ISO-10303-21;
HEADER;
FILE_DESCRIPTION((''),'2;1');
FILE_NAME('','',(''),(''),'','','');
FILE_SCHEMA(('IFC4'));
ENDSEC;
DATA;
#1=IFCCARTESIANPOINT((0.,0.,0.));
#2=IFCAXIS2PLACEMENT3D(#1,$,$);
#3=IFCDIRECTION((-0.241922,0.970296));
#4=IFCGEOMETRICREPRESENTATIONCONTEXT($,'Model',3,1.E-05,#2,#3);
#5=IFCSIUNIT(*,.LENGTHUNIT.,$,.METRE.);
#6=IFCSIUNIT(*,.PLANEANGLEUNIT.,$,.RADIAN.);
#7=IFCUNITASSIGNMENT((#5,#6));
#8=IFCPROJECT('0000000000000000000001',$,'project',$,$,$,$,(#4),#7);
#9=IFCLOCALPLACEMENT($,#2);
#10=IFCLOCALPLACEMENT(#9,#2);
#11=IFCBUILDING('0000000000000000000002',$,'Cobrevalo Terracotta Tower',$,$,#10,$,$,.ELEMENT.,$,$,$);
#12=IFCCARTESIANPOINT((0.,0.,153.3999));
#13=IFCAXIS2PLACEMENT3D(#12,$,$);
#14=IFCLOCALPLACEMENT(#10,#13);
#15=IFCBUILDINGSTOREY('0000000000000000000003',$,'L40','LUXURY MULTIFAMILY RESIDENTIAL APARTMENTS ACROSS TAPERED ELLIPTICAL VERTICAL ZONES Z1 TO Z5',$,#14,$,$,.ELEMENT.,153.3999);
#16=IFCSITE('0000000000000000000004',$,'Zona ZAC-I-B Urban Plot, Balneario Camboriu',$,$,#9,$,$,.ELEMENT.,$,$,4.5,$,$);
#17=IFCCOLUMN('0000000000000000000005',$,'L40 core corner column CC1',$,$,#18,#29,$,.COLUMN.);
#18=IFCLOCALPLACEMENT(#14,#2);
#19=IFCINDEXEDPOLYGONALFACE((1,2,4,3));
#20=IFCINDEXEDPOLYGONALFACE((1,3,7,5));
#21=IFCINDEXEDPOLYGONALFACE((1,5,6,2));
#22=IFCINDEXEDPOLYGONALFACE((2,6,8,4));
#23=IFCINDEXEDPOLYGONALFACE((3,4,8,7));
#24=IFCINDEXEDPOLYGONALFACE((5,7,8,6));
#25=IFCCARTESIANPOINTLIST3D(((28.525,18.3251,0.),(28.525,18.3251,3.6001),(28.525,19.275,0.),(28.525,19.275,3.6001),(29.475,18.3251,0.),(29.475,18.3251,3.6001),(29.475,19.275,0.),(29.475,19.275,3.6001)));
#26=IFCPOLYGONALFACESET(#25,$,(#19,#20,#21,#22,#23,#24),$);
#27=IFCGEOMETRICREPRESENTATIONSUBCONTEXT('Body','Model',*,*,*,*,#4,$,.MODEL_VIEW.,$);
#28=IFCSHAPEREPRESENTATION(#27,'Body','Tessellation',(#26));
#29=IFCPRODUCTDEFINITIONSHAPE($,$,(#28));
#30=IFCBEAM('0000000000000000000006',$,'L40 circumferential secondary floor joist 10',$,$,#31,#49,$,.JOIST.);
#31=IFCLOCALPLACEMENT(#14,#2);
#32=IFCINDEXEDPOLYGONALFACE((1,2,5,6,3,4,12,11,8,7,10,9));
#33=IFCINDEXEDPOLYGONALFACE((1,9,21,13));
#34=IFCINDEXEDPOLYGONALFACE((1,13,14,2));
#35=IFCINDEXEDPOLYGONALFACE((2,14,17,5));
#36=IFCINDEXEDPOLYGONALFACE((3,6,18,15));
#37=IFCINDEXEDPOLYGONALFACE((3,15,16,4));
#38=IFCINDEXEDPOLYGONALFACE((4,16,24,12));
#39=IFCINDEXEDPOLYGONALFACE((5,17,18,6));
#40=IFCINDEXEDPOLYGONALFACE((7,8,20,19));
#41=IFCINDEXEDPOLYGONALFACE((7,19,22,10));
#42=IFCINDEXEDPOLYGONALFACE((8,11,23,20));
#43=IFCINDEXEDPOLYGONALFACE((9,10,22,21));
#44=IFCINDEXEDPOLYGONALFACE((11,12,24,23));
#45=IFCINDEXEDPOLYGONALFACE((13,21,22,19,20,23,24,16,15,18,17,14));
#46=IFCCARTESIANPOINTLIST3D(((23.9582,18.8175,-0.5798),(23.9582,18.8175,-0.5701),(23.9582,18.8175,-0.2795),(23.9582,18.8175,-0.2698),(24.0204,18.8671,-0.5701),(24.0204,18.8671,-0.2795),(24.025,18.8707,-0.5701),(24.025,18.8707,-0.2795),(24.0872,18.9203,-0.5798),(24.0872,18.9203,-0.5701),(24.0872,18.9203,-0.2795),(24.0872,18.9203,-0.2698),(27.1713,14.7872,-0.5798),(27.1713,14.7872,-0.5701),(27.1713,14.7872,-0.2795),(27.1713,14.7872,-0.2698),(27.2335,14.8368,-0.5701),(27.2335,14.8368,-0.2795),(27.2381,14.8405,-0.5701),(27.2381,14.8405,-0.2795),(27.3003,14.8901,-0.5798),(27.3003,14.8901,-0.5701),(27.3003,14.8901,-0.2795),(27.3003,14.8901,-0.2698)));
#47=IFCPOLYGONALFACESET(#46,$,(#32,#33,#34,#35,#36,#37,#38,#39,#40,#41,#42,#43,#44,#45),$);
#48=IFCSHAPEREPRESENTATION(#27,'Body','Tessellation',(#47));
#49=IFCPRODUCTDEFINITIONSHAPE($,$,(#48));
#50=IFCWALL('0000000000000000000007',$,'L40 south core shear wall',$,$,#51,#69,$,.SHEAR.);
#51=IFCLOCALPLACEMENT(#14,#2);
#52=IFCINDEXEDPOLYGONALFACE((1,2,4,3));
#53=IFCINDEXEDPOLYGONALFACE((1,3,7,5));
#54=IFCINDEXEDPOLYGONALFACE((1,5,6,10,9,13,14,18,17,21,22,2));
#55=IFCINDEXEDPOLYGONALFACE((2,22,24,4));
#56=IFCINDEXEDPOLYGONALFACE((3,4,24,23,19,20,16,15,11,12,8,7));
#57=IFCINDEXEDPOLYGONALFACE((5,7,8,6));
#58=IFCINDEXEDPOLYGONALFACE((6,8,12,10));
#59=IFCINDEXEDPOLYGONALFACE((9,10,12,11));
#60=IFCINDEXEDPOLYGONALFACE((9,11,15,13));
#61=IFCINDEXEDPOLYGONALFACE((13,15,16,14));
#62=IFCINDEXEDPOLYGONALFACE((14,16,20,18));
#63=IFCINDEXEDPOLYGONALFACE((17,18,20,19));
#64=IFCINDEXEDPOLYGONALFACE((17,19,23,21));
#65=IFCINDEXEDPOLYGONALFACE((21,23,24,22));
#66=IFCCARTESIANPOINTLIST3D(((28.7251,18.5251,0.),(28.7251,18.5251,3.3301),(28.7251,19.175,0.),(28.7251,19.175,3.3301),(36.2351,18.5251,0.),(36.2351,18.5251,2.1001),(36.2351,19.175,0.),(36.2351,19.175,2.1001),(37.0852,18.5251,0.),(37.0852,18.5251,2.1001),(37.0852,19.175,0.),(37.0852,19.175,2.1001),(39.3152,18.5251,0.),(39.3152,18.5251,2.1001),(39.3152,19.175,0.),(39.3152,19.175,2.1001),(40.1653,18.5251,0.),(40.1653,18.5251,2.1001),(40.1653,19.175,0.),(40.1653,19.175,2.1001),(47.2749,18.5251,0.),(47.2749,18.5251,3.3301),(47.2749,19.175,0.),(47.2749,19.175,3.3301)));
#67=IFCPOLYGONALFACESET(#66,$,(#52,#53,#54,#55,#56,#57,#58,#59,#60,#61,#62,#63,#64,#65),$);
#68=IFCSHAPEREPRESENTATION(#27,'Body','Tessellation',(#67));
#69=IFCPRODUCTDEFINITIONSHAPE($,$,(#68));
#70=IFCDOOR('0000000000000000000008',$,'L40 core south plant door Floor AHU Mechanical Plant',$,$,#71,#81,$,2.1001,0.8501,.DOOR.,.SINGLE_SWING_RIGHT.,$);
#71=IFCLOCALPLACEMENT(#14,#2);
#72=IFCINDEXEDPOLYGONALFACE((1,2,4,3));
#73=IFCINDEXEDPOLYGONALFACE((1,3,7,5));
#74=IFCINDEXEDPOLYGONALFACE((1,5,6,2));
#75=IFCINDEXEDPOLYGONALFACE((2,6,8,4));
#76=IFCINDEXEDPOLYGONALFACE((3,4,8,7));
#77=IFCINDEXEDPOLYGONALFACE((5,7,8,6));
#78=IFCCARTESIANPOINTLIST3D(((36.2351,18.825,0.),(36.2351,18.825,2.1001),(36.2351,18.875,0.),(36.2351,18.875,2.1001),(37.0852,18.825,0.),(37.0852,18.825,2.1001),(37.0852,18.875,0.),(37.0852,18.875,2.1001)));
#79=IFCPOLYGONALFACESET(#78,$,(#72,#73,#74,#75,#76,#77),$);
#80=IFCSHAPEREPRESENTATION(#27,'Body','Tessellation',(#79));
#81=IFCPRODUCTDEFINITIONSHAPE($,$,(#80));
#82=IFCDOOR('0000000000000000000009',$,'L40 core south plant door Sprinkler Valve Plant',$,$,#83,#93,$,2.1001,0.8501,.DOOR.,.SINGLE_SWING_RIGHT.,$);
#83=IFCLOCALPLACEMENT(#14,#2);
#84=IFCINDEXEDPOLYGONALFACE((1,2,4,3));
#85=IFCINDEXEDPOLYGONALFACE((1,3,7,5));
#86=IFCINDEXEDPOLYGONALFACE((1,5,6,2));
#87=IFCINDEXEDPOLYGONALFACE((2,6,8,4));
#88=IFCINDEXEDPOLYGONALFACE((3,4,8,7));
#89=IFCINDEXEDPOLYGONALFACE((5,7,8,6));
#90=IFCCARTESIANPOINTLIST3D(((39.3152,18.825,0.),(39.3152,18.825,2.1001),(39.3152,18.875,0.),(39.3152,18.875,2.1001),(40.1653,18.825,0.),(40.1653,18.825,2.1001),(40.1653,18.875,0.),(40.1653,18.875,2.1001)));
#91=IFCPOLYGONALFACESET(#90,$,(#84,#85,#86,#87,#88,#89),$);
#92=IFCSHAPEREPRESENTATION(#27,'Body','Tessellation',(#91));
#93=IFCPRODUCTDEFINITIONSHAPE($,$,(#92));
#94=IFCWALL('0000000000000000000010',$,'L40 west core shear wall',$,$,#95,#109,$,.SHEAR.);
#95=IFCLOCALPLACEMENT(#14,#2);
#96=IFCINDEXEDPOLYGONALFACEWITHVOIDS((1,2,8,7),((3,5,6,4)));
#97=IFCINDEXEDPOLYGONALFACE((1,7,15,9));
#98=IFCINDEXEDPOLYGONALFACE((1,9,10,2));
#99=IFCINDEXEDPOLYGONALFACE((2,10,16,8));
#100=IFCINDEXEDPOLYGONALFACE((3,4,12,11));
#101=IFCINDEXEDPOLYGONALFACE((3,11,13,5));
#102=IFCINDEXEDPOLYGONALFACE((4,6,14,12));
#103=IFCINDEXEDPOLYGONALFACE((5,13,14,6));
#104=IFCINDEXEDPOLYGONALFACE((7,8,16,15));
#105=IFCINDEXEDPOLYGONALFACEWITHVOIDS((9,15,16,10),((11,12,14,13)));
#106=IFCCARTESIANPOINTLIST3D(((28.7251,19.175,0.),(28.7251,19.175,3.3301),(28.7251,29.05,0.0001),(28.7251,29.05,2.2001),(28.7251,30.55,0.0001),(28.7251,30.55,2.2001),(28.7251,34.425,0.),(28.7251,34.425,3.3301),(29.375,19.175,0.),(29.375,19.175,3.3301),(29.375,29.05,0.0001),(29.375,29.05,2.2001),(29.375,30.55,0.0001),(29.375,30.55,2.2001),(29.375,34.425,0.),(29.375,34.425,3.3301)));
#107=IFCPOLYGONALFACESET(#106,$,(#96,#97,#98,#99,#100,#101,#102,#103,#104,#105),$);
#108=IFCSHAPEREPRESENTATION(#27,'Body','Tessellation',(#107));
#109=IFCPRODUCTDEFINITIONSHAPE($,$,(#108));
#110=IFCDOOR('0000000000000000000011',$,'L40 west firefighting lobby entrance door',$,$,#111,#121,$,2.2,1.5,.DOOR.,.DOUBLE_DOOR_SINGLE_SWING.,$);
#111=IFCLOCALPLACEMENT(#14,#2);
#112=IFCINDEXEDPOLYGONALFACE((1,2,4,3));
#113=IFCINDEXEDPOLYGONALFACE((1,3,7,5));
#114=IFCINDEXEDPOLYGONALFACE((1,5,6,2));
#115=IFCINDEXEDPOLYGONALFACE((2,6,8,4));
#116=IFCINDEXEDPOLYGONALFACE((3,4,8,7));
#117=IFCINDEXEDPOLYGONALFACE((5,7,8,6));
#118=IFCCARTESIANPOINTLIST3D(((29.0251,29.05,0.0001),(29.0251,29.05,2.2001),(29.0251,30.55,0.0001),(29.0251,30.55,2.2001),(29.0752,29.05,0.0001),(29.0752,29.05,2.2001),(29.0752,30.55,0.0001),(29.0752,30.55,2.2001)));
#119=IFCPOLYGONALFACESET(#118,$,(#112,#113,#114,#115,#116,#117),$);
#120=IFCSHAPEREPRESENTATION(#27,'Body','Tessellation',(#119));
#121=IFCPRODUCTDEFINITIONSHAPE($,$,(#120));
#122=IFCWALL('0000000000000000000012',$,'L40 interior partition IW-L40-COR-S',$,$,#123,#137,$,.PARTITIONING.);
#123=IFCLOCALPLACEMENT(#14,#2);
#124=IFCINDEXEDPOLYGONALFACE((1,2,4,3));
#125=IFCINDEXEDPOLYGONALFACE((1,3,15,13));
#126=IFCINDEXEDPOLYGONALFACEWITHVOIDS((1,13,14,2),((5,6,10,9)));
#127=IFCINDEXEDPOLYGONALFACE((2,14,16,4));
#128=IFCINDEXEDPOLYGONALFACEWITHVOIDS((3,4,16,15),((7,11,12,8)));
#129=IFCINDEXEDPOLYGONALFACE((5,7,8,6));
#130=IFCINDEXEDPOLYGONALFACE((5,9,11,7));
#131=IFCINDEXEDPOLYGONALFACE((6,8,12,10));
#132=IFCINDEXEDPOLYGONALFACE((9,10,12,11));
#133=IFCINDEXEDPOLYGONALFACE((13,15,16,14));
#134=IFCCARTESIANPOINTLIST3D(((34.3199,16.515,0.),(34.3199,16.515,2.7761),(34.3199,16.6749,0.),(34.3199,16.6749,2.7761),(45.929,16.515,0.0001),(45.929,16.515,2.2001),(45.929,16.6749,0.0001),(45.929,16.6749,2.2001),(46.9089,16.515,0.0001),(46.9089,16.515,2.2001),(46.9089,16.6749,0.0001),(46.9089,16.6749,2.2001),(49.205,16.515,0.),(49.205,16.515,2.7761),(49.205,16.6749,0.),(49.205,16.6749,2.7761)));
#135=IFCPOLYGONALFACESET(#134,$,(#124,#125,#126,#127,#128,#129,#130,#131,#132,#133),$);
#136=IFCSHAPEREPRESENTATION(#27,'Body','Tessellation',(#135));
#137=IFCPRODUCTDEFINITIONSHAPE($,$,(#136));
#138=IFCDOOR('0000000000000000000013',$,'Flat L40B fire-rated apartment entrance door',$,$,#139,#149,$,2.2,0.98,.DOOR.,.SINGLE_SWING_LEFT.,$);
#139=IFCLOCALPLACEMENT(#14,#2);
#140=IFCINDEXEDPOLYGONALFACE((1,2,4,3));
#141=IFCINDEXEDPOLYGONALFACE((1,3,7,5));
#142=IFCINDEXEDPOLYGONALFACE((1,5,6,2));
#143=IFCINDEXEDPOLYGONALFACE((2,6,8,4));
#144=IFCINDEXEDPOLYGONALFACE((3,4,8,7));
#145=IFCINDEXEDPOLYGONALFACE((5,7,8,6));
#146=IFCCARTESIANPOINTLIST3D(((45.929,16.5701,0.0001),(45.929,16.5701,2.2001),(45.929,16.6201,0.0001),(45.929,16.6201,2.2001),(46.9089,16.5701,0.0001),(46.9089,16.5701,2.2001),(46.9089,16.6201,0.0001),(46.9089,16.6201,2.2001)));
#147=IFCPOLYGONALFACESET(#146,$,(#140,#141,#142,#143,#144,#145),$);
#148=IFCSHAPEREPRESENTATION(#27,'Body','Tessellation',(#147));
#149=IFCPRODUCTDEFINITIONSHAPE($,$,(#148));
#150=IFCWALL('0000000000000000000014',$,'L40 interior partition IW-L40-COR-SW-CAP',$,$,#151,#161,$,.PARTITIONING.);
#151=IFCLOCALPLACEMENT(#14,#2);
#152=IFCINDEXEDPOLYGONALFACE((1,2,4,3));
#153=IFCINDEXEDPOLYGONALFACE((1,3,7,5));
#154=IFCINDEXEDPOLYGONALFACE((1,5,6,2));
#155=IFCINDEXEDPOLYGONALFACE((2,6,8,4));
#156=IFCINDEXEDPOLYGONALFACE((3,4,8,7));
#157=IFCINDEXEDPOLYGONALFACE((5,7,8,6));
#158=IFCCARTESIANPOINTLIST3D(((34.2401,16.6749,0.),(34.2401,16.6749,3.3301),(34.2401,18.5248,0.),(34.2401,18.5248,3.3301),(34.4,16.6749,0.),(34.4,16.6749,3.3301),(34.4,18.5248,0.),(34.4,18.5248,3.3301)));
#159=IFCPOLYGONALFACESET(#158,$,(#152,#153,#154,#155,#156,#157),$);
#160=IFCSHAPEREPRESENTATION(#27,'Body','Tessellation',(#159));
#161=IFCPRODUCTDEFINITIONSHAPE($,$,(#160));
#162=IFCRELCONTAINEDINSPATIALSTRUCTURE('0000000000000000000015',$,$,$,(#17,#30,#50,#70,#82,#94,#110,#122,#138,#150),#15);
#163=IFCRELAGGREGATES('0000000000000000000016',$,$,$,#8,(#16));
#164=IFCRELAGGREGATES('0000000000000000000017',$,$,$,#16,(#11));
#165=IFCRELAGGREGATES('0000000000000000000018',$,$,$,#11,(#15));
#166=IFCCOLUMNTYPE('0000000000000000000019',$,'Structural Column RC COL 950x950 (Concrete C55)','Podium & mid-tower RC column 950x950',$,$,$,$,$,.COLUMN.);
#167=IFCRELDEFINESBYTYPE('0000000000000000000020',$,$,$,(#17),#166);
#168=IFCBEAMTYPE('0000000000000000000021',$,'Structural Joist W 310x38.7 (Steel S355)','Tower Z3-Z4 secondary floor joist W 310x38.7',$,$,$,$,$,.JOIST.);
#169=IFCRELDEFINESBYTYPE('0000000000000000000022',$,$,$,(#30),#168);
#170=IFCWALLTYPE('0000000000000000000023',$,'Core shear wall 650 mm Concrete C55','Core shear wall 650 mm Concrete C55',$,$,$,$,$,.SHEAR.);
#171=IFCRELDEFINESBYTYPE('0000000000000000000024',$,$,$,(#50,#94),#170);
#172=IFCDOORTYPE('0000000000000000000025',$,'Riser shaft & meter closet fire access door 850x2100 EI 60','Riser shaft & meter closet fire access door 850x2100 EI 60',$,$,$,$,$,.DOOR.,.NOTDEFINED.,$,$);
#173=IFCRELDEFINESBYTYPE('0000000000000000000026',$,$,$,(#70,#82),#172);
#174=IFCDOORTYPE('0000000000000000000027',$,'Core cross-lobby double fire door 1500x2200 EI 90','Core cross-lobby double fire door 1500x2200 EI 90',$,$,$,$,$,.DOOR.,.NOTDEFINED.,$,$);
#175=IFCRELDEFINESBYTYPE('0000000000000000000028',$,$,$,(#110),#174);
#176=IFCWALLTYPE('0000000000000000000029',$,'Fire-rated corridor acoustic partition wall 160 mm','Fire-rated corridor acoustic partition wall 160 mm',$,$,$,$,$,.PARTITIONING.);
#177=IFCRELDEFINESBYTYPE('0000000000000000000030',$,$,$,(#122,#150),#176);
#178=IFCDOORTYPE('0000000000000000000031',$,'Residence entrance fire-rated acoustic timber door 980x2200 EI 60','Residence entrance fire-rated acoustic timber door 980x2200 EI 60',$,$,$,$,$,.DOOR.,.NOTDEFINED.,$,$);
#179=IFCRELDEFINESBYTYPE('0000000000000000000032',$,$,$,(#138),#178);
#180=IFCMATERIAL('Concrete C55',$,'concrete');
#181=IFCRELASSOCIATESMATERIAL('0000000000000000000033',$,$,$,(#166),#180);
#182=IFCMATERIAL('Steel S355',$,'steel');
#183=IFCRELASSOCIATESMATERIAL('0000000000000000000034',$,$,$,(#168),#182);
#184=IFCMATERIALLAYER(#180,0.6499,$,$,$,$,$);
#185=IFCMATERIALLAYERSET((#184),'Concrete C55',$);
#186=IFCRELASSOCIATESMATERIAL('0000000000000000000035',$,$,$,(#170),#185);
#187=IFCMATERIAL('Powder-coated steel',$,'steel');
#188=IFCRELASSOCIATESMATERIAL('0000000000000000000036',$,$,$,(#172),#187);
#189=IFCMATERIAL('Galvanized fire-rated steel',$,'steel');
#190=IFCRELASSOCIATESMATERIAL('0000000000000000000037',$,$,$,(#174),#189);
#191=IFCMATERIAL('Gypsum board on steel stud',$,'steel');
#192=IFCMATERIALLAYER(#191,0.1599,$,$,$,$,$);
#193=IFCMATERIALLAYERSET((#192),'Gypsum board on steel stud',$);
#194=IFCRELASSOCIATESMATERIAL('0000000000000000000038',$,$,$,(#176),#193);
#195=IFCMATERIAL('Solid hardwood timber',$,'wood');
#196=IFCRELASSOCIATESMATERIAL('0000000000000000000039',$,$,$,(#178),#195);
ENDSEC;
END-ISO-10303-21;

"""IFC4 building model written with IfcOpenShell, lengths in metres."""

from ifc_helpers import new_model, si_unit, direction, frame, frame_2d, origin, origin_2d, place, context, subcontext, project, spatial, rectangle, i_section, extrude, source, transform, mapped, material, layer, layer_set, material_profile, profile_set, type_object, element, fill, save


model = new_model("IFC4")

# Units and contexts
model_context = context("Model", 3, precision=1e-05, world=origin(), true_north=direction((-0.241922, 0.970296)))
body_context = subcontext(model_context, "Body", "Model", "MODEL_VIEW")
ifc_project = project(units=[si_unit("LENGTHUNIT", "METRE"), si_unit("PLANEANGLEUNIT", "RADIAN")], contexts=[model_context])

# Site, building, storey
site_placement = place(None, origin())
site = spatial("IfcSite", under=ifc_project, at=site_placement, Name="Zona ZAC-I-B Urban Plot, Balneario Camboriu", CompositionType="ELEMENT", RefElevation=4.5)
building_placement = place(site_placement, origin())
building = spatial("IfcBuilding", under=site, at=building_placement, Name="Cobrevalo Terracotta Tower", CompositionType="ELEMENT")
storey_placement = place(building_placement, frame((0.0, 0.0, 153.3999)))
storey = spatial("IfcBuildingStorey", under=building, at=storey_placement, Name="L40", Description="LUXURY MULTIFAMILY RESIDENTIAL APARTMENTS ACROSS TAPERED ELLIPTICAL VERTICAL ZONES Z1 TO Z5", CompositionType="ELEMENT", Elevation=153.3999)

# Column
ifc_material_1 = material(Name="Concrete C55", Category="concrete")
ifc_material_profile_1 = material_profile(ifc_material_1, rectangle(XDim=0.95, YDim=0.95, at=origin_2d()), Name="RC COL 950x950")
ifc_profile_set_1 = profile_set([ifc_material_profile_1], Name="Concrete C55")
column_type = type_object("IfcColumnType", Name="Structural Column RC COL 950x950 (Concrete C55)", Description="Podium & mid-tower RC column 950x950", PredefinedType="COLUMN", material=ifc_profile_set_1)
column_placement = place(storey_placement, frame((29.0, 18.8, 0.0), z_axis=(0.0, 0.0, 1.0), x_axis=(1.0, 0.0, 0.0)))
element("IfcColumn", 1, at=column_placement, inside=storey, type_object=column_type, Name="L40 core corner column CC1", PredefinedType="COLUMN", context=body_context, shape_type="SweptSolid", body=[
    extrude(rectangle(XDim=0.95, YDim=0.95, at=origin_2d()), origin(), (0.0, 0.0, 1.0), 3.6001),
])

# Beam
ifc_material_2 = material(Name="Steel S355", Category="steel")
ifc_material_profile_2 = material_profile(ifc_material_2, i_section(OverallWidth=0.165, OverallDepth=0.3101, WebThickness=0.0059, FlangeThickness=0.0098, at=origin_2d()), Name="W 310x38.7")
ifc_profile_set_2 = profile_set([ifc_material_profile_2], Name="Steel S355")
beam_type = type_object("IfcBeamType", Name="Structural Joist W 310x38.7 (Steel S355)", Description="Tower Z3-Z4 secondary floor joist W 310x38.7", PredefinedType="JOIST", material=ifc_profile_set_2)
beam_placement = place(storey_placement, frame((24.0227, 18.8689, -0.4248), z_axis=(0.623383, -0.781917, 0.0), x_axis=(0.781917, 0.623383, 0.0)))
element("IfcBeam", 2, at=beam_placement, inside=storey, type_object=beam_type, Name="L40 circumferential secondary floor joist 10", PredefinedType="JOIST", context=body_context, shape_type="SweptSolid", body=[
    extrude(i_section(OverallWidth=0.165, OverallDepth=0.3101, WebThickness=0.0059, FlangeThickness=0.0098, at=origin_2d()), origin(), (0.0, 0.0, 1.0), 5.1543),
])

# Wall, openings, doors
ifc_layer_1 = layer(ifc_material_1, 0.6499)
ifc_layer_set_1 = layer_set([ifc_layer_1], Name="Concrete C55")
wall_type_1 = type_object("IfcWallType", Name="Core shear wall 650 mm Concrete C55", Description="Core shear wall 650 mm Concrete C55", PredefinedType="SHEAR", material=ifc_layer_set_1)
wall_1_placement = place(storey_placement, frame((28.7251, 18.8501, 0.0), z_axis=(0.0, 0.0, 1.0), x_axis=(1.0, 0.0, 0.0)))
wall_1 = element("IfcWall", 3, at=wall_1_placement, inside=storey, type_object=wall_type_1, Name="L40 south core shear wall", PredefinedType="SHEAR", context=body_context, shape_type="SweptSolid", body=[
    extrude(rectangle(XDim=18.5498, YDim=0.6499, at=frame_2d((9.2749, 0.0))), origin(), (0.0, 0.0, 1.0), 3.3301),
])
opening_1_placement = place(wall_1_placement, frame((7.51, 0.0, 0.0)))
opening_1 = element("IfcOpeningElement", 4, at=opening_1_placement, cuts=wall_1, PredefinedType="OPENING", context=body_context, shape_type="SweptSolid", body=[
    extrude(rectangle(XDim=0.8501, YDim=2.1001, at=frame_2d((0.425, 1.05))), frame((0.0, 0.335, 0.0), z_axis=(0.0, -1.0, 0.0), x_axis=(1.0, 0.0, 0.0)), (0.0, 0.0, 1.0), 0.6699),
])
opening_2_placement = place(wall_1_placement, frame((10.5901, 0.0, 0.0)))
opening_2 = element("IfcOpeningElement", 5, at=opening_2_placement, cuts=wall_1, PredefinedType="OPENING", context=body_context, shape_type="SweptSolid", body=[
    extrude(rectangle(XDim=0.8501, YDim=2.1001, at=frame_2d((0.425, 1.05))), frame((0.0, 0.335, 0.0), z_axis=(0.0, -1.0, 0.0), x_axis=(1.0, 0.0, 0.0)), (0.0, 0.0, 1.0), 0.6699),
])
ifc_material_3 = material(Name="Powder-coated steel", Category="steel")
door_type_1 = type_object("IfcDoorType", Name="Riser shaft & meter closet fire access door 850x2100 EI 60", Description="Riser shaft & meter closet fire access door 850x2100 EI 60", OperationType="NOTDEFINED", PredefinedType="DOOR", material=ifc_material_3)
shared_shape_1 = source(origin(), body_context, "Body", "SweptSolid", [
    extrude(rectangle(XDim=0.8501, YDim=2.1001, at=frame_2d((0.425, 1.05))), frame((0.0, 0.0249, 0.0), z_axis=(0.0, -1.0, 0.0), x_axis=(1.0, 0.0, 0.0)), (0.0, 0.0, 1.0), 0.05),
])
door_1_placement = place(opening_1_placement, origin())
door_1 = element("IfcDoor", 6, at=door_1_placement, inside=storey, type_object=door_type_1, Name="L40 core south plant door Floor AHU Mechanical Plant", OperationType="SINGLE_SWING_RIGHT", OverallHeight=2.1001, OverallWidth=0.8501, PredefinedType="DOOR", context=body_context, shape_type="MappedRepresentation", body=[
    mapped(shared_shape_1, transform((0.0, 0.0, 0.0), scale=1.0)),
])
fill(opening_1, door_1)
door_2_placement = place(opening_2_placement, origin())
door_2 = element("IfcDoor", 7, at=door_2_placement, inside=storey, type_object=door_type_1, Name="L40 core south plant door Sprinkler Valve Plant", OperationType="SINGLE_SWING_RIGHT", OverallHeight=2.1001, OverallWidth=0.8501, PredefinedType="DOOR", context=body_context, shape_type="MappedRepresentation", body=[
    mapped(shared_shape_1, transform((0.0, 0.0, 0.0), scale=1.0)),
])
fill(opening_2, door_2)

# Walls, openings, doors
wall_2_placement = place(storey_placement, frame((29.05, 19.175, 0.0), z_axis=(0.0, 0.0, 1.0), x_axis=(0.0, 1.0, 0.0)))
wall_2 = element("IfcWall", 8, at=wall_2_placement, inside=storey, type_object=wall_type_1, Name="L40 west core shear wall", PredefinedType="SHEAR", context=body_context, shape_type="SweptSolid", body=[
    extrude(rectangle(XDim=15.25, YDim=0.6499, at=frame_2d((7.625, 0.0))), origin(), (0.0, 0.0, 1.0), 3.3301),
])
opening_3_placement = place(wall_2_placement, frame((9.875, 0.0, 0.0)))
opening_3 = element("IfcOpeningElement", 9, at=opening_3_placement, cuts=wall_2, PredefinedType="OPENING", context=body_context, shape_type="SweptSolid", body=[
    extrude(rectangle(XDim=1.5, YDim=2.2, at=frame_2d((0.75, 1.1001))), frame((0.0, 0.335, 0.0), z_axis=(0.0, -1.0, 0.0), x_axis=(1.0, 0.0, 0.0)), (0.0, 0.0, 1.0), 0.6699),
])
ifc_material_4 = material(Name="Galvanized fire-rated steel", Category="steel")
door_type_2 = type_object("IfcDoorType", Name="Core cross-lobby double fire door 1500x2200 EI 90", Description="Core cross-lobby double fire door 1500x2200 EI 90", OperationType="NOTDEFINED", PredefinedType="DOOR", material=ifc_material_4)
shared_shape_2 = source(origin(), body_context, "Body", "SweptSolid", [
    extrude(rectangle(XDim=1.5, YDim=2.2, at=frame_2d((0.75, 1.1001))), frame((0.0, 0.0249, 0.0), z_axis=(0.0, -1.0, 0.0), x_axis=(1.0, 0.0, 0.0)), (0.0, 0.0, 1.0), 0.05),
])
door_3_placement = place(opening_3_placement, origin())
door_3 = element("IfcDoor", 10, at=door_3_placement, inside=storey, type_object=door_type_2, Name="L40 west firefighting lobby entrance door", OperationType="DOUBLE_DOOR_SINGLE_SWING", OverallHeight=2.2, OverallWidth=1.5, PredefinedType="DOOR", context=body_context, shape_type="MappedRepresentation", body=[
    mapped(shared_shape_2, transform((0.0, 0.0, 0.0), scale=1.0)),
])
fill(opening_3, door_3)
ifc_material_5 = material(Name="Gypsum board on steel stud", Category="steel")
ifc_layer_2 = layer(ifc_material_5, 0.1599)
ifc_layer_set_2 = layer_set([ifc_layer_2], Name="Gypsum board on steel stud")
wall_type_2 = type_object("IfcWallType", Name="Fire-rated corridor acoustic partition wall 160 mm", Description="Fire-rated corridor acoustic partition wall 160 mm", PredefinedType="PARTITIONING", material=ifc_layer_set_2)
wall_3_placement = place(storey_placement, frame((34.3201, 16.595, 0.0), z_axis=(0.0, 0.0, 1.0), x_axis=(1.0, 0.0, 0.0)))
wall_3 = element("IfcWall", 11, at=wall_3_placement, inside=storey, type_object=wall_type_2, Name="L40 interior partition IW-L40-COR-S", PredefinedType="PARTITIONING", context=body_context, shape_type="SweptSolid", body=[
    extrude(rectangle(XDim=14.885, YDim=0.1599, at=frame_2d((7.4424, 0.0))), origin(), (0.0, 0.0, 1.0), 2.7761),
])
opening_4_placement = place(wall_3_placement, frame((11.6089, 0.0, 0.0)))
opening_4 = element("IfcOpeningElement", 12, at=opening_4_placement, cuts=wall_3, PredefinedType="OPENING", context=body_context, shape_type="SweptSolid", body=[
    extrude(rectangle(XDim=0.98, YDim=2.2, at=frame_2d((0.49, 1.1001))), frame((0.0, 0.0898, 0.0), z_axis=(0.0, -1.0, 0.0), x_axis=(1.0, 0.0, 0.0)), (0.0, 0.0, 1.0), 0.1799),
])
ifc_material_6 = material(Name="Solid hardwood timber", Category="wood")
door_type_3 = type_object("IfcDoorType", Name="Residence entrance fire-rated acoustic timber door 980x2200 EI 60", Description="Residence entrance fire-rated acoustic timber door 980x2200 EI 60", OperationType="NOTDEFINED", PredefinedType="DOOR", material=ifc_material_6)
shared_shape_3 = source(origin(), body_context, "Body", "SweptSolid", [
    extrude(rectangle(XDim=0.98, YDim=2.2, at=frame_2d((0.49, 1.1001))), frame((0.0, 0.0249, 0.0), z_axis=(0.0, -1.0, 0.0), x_axis=(1.0, 0.0, 0.0)), (0.0, 0.0, 1.0), 0.05),
])
door_4_placement = place(opening_4_placement, frame((0.98, 0.0, 0.0), z_axis=(0.0, 0.0, 1.0), x_axis=(-1.0, 0.0, 0.0)))
door_4 = element("IfcDoor", 13, at=door_4_placement, inside=storey, type_object=door_type_3, Name="Flat L40B fire-rated apartment entrance door", OperationType="SINGLE_SWING_LEFT", OverallHeight=2.2, OverallWidth=0.98, PredefinedType="DOOR", context=body_context, shape_type="MappedRepresentation", body=[
    mapped(shared_shape_3, transform((0.0, 0.0, 0.0), scale=1.0)),
])
fill(opening_4, door_4)

# Wall
wall_4_placement = place(storey_placement, frame((34.3201, 16.675, 0.0), z_axis=(0.0, 0.0, 1.0), x_axis=(0.0, 1.0, 0.0)))
element("IfcWall", 14, at=wall_4_placement, inside=storey, type_object=wall_type_2, Name="L40 interior partition IW-L40-COR-SW-CAP", PredefinedType="PARTITIONING", context=body_context, shape_type="SweptSolid", body=[
    extrude(rectangle(XDim=1.8499, YDim=0.1599, at=frame_2d((0.9248, 0.0))), origin(), (0.0, 0.0, 1.0), 3.3301),
])

save(model, "model.ifc")
